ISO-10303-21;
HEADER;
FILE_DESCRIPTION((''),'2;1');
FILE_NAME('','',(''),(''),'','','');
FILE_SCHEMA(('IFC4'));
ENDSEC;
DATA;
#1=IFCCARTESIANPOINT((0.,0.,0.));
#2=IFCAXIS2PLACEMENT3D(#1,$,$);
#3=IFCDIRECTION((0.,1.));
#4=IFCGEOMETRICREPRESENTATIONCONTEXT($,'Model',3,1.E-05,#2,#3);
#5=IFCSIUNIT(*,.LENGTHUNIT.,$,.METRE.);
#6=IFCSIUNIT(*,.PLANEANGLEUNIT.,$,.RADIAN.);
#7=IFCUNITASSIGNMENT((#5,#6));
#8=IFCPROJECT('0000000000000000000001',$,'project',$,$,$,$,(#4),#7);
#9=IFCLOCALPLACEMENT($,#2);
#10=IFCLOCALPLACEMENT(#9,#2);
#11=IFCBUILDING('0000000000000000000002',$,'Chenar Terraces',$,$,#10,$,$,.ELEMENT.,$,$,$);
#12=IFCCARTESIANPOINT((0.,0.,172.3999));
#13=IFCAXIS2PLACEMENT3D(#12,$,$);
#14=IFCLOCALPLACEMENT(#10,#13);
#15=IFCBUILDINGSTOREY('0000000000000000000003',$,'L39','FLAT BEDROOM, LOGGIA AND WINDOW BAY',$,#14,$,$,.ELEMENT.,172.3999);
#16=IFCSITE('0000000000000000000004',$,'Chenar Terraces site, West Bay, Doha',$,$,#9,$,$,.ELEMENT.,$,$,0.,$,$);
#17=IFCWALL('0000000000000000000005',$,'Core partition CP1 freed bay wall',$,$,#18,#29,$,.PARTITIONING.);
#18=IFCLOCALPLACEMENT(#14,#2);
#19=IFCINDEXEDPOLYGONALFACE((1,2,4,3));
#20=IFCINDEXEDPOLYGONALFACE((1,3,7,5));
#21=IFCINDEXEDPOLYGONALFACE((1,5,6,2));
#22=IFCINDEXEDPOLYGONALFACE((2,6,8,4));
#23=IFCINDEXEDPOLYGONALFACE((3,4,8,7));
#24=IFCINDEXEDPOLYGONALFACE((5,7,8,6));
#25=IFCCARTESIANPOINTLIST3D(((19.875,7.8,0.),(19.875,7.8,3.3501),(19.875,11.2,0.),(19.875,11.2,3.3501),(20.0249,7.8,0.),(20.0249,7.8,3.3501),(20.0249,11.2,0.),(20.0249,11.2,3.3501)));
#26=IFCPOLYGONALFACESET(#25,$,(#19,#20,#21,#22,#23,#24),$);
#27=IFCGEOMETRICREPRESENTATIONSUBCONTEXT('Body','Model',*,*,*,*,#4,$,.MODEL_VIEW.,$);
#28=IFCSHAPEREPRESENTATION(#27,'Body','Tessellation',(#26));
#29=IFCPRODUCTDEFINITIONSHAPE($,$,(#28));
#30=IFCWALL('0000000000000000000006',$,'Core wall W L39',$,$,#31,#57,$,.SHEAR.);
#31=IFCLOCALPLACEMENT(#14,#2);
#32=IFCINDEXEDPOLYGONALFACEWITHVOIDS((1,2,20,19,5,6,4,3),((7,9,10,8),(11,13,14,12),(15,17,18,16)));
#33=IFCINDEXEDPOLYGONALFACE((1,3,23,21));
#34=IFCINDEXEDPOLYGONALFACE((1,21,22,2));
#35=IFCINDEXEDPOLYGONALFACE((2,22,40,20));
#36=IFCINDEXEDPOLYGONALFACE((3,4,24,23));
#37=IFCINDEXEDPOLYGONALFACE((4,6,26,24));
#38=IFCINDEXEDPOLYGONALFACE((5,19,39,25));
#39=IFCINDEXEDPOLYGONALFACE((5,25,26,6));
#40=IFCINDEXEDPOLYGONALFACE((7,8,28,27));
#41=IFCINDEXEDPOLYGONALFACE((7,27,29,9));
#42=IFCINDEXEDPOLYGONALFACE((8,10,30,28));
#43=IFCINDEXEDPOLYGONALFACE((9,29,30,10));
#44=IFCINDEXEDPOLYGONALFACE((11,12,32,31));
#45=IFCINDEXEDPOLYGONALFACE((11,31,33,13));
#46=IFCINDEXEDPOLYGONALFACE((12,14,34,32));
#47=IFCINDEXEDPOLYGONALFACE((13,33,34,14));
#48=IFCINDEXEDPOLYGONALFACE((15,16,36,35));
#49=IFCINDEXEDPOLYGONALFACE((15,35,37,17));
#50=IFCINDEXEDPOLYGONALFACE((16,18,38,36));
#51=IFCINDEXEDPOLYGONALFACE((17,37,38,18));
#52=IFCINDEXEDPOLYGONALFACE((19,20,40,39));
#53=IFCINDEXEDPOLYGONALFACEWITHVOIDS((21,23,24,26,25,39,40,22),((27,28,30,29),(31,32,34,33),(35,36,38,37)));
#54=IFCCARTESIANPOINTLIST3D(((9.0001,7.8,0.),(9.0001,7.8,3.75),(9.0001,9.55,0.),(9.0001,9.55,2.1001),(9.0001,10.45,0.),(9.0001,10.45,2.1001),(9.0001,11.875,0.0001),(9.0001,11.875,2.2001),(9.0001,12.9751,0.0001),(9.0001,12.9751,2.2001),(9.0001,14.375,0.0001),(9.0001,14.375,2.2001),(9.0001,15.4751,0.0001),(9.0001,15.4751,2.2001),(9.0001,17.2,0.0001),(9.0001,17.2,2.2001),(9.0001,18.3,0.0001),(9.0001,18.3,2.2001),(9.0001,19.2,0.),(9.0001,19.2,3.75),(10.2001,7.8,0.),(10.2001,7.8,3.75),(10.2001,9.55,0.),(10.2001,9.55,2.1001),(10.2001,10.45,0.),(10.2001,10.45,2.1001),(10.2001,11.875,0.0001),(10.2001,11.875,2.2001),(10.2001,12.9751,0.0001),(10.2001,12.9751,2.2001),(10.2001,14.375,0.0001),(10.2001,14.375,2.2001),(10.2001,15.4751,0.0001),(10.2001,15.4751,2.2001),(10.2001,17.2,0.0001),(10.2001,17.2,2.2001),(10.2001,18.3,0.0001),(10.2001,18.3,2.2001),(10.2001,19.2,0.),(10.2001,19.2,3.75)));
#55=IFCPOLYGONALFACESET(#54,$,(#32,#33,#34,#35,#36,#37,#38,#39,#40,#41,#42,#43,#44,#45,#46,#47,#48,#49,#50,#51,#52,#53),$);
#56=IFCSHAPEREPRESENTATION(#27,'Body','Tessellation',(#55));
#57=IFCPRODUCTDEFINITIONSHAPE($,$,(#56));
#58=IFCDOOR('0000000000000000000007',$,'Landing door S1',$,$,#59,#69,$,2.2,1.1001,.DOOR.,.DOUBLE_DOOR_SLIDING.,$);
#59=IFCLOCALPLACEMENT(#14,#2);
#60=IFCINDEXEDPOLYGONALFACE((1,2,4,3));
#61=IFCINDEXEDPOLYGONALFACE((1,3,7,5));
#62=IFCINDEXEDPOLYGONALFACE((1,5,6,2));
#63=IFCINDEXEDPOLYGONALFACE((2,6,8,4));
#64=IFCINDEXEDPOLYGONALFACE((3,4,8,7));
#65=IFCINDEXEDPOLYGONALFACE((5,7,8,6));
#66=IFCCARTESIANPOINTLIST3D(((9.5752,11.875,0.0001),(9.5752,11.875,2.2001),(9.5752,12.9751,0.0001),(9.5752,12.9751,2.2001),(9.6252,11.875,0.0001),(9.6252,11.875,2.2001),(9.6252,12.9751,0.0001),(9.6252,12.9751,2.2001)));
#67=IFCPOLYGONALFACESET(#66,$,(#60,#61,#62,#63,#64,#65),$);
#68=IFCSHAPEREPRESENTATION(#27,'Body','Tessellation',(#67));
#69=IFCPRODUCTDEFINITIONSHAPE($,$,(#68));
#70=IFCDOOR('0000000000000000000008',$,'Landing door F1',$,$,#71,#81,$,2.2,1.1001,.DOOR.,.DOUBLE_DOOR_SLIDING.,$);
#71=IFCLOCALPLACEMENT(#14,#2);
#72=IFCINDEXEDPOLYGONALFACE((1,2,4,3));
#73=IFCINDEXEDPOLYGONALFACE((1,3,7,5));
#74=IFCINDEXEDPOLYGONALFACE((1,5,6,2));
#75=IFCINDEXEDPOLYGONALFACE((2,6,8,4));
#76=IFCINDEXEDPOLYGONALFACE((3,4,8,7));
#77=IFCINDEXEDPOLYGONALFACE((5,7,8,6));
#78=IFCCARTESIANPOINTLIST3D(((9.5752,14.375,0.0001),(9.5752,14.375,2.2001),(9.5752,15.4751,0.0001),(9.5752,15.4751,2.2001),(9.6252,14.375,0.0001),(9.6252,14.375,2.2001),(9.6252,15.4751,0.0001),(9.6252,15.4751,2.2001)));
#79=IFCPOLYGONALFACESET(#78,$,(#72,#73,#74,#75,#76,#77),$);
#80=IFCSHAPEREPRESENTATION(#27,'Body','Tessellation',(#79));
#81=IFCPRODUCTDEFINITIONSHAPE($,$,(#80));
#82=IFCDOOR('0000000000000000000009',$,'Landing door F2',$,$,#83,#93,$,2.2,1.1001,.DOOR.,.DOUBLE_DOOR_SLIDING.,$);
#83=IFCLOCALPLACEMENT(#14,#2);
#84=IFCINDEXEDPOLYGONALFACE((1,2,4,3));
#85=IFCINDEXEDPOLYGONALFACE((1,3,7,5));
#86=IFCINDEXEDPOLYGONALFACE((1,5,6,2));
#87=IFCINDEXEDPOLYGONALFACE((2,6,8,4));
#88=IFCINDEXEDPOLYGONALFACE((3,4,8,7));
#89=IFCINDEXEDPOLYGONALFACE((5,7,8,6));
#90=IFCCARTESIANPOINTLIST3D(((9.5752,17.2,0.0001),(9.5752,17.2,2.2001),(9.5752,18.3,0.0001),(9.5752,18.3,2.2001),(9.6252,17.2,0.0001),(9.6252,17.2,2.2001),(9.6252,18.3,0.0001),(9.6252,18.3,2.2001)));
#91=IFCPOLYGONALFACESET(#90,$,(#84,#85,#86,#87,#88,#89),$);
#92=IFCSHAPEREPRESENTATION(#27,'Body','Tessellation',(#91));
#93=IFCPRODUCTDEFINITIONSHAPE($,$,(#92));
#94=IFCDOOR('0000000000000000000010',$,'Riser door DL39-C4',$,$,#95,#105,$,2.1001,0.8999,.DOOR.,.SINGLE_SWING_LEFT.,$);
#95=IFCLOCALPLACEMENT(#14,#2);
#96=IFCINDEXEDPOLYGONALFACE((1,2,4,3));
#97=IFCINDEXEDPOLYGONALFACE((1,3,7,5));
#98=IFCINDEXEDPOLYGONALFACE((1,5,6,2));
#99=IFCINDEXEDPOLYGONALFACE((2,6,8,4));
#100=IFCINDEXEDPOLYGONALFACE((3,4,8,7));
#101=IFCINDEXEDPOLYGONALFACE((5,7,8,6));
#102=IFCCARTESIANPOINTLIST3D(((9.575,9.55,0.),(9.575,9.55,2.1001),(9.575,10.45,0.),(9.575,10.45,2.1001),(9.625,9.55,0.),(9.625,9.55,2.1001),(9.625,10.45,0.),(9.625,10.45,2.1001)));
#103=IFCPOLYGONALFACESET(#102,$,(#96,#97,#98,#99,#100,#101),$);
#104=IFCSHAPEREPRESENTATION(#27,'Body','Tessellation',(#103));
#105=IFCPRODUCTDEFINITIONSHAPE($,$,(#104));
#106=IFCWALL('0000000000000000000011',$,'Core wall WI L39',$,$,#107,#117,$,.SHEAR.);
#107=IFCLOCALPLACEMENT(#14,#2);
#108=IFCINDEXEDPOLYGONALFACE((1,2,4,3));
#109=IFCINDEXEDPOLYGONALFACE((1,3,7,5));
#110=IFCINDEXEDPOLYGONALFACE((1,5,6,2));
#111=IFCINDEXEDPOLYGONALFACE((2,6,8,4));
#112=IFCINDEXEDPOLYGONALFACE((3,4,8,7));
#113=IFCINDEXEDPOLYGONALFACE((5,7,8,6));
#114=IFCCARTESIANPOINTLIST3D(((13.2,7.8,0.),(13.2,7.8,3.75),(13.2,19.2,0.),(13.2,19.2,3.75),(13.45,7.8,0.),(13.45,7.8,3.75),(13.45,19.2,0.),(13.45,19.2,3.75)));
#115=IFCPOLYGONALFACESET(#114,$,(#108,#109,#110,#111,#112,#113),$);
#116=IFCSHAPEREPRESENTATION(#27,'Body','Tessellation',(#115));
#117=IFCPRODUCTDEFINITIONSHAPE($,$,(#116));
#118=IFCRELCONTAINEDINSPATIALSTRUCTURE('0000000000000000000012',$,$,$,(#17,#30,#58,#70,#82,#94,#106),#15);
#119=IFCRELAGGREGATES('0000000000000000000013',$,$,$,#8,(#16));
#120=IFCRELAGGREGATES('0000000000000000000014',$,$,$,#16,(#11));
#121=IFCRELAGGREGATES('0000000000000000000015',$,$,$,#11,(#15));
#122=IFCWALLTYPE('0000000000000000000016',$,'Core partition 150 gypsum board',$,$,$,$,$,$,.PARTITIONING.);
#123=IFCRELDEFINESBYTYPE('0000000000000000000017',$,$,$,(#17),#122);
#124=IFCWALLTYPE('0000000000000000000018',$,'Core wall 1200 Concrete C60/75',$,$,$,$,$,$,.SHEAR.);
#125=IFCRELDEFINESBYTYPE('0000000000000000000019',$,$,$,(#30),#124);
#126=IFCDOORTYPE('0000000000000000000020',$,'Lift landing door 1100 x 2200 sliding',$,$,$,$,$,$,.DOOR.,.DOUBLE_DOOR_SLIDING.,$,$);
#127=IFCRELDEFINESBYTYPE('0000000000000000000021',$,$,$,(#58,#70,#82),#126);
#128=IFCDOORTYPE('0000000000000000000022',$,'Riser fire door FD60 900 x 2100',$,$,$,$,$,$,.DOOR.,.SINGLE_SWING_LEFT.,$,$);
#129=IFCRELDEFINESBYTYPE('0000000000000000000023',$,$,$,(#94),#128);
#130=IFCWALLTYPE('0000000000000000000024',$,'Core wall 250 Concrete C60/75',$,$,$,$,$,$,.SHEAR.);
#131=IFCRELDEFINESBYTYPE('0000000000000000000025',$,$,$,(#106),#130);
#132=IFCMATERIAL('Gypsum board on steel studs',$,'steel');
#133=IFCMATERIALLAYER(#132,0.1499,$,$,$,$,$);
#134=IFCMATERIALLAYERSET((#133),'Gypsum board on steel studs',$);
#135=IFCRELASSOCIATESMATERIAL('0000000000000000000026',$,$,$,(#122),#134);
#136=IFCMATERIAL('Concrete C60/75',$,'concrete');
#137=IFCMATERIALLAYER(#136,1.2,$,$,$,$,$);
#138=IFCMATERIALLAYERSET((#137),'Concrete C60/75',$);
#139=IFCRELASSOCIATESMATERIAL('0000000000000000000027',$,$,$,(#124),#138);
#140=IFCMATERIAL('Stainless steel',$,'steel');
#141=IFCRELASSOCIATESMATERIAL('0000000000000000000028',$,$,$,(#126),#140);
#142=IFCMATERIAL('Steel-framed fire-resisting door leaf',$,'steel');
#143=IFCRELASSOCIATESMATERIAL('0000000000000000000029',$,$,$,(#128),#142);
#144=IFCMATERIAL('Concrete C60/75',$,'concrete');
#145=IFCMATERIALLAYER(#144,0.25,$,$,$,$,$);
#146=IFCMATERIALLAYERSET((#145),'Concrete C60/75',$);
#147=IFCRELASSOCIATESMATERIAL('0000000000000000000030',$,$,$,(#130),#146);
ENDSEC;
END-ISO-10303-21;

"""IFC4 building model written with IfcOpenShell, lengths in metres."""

from ifc_helpers import new_model, si_unit, direction, frame, frame_2d, origin, place, context, subcontext, project, spatial, rectangle, extrude, material, layer, layer_set, type_object, element, fill, save


model = new_model("IFC4")

# Units and contexts
model_context = context("Model", 3, precision=1e-05, world=origin(), true_north=direction((0.0, 1.0)))
body_context = subcontext(model_context, "Body", "Model", "MODEL_VIEW")
ifc_project = project(units=[si_unit("LENGTHUNIT", "METRE"), si_unit("PLANEANGLEUNIT", "RADIAN")], contexts=[model_context])

# Site, building, storey
site_placement = place(None, origin())
site = spatial("IfcSite", under=ifc_project, at=site_placement, Name="Chenar Terraces site, West Bay, Doha", CompositionType="ELEMENT", RefElevation=0.0)
building_placement = place(site_placement, origin())
building = spatial("IfcBuilding", under=site, at=building_placement, Name="Chenar Terraces", CompositionType="ELEMENT")
storey_placement = place(building_placement, frame((0.0, 0.0, 172.3999)))
storey = spatial("IfcBuildingStorey", under=building, at=storey_placement, Name="L39", Description="FLAT BEDROOM, LOGGIA AND WINDOW BAY", CompositionType="ELEMENT", Elevation=172.3999)

# Wall
ifc_material_1 = material(Name="Gypsum board on steel studs", Category="steel")
ifc_layer_1 = layer(ifc_material_1, 0.1499)
ifc_layer_set_1 = layer_set([ifc_layer_1], Name="Gypsum board on steel studs")
wall_type_1 = type_object("IfcWallType", Name="Core partition 150 gypsum board", PredefinedType="PARTITIONING", material=ifc_layer_set_1)
wall_1_placement = place(storey_placement, frame((19.95, 7.8, 0.0), z_axis=(0.0, 0.0, 1.0), x_axis=(0.0, 1.0, 0.0)))
element("IfcWall", 1, at=wall_1_placement, inside=storey, type_object=wall_type_1, Name="Core partition CP1 freed bay wall", PredefinedType="PARTITIONING", context=body_context, shape_type="SweptSolid", body=[
    extrude(rectangle(XDim=3.3999, YDim=0.1499, at=frame_2d((1.7, 0.0))), origin(), (0.0, 0.0, 1.0), 3.3501),
])

# Wall, openings, doors
ifc_material_2 = material(Name="Concrete C60/75", Category="concrete")
ifc_layer_2 = layer(ifc_material_2, 1.2)
ifc_layer_set_2 = layer_set([ifc_layer_2], Name="Concrete C60/75")
wall_type_2 = type_object("IfcWallType", Name="Core wall 1200 Concrete C60/75", PredefinedType="SHEAR", material=ifc_layer_set_2)
wall_2_placement = place(storey_placement, frame((9.6001, 7.8, 0.0), z_axis=(0.0, 0.0, 1.0), x_axis=(0.0, 1.0, 0.0)))
wall_2 = element("IfcWall", 2, at=wall_2_placement, inside=storey, type_object=wall_type_2, Name="Core wall W L39", PredefinedType="SHEAR", context=body_context, shape_type="SweptSolid", body=[
    extrude(rectangle(XDim=11.3999, YDim=1.2, at=frame_2d((5.7, 0.0))), origin(), (0.0, 0.0, 1.0), 3.75),
])
opening_1_placement = place(wall_2_placement, frame((4.075, 0.0, 0.0)))
opening_1 = element("IfcOpeningElement", 3, at=opening_1_placement, cuts=wall_2, PredefinedType="OPENING", context=body_context, shape_type="SweptSolid", body=[
    extrude(rectangle(XDim=1.1001, YDim=2.2, at=frame_2d((0.55, 1.1001))), frame((0.0, 0.6099, 0.0), z_axis=(0.0, -1.0, 0.0), x_axis=(1.0, 0.0, 0.0)), (0.0, 0.0, 1.0), 1.22),
])
opening_2_placement = place(wall_2_placement, frame((6.575, 0.0, 0.0)))
opening_2 = element("IfcOpeningElement", 4, at=opening_2_placement, cuts=wall_2, PredefinedType="OPENING", context=body_context, shape_type="SweptSolid", body=[
    extrude(rectangle(XDim=1.1001, YDim=2.2, at=frame_2d((0.55, 1.1001))), frame((0.0, 0.6099, 0.0), z_axis=(0.0, -1.0, 0.0), x_axis=(1.0, 0.0, 0.0)), (0.0, 0.0, 1.0), 1.22),
])
opening_3_placement = place(wall_2_placement, frame((9.3999, 0.0, 0.0)))
opening_3 = element("IfcOpeningElement", 5, at=opening_3_placement, cuts=wall_2, PredefinedType="OPENING", context=body_context, shape_type="SweptSolid", body=[
    extrude(rectangle(XDim=1.1001, YDim=2.2, at=frame_2d((0.55, 1.1001))), frame((0.0, 0.6099, 0.0), z_axis=(0.0, -1.0, 0.0), x_axis=(1.0, 0.0, 0.0)), (0.0, 0.0, 1.0), 1.22),
])
opening_4_placement = place(wall_2_placement, frame((1.75, 0.0, 0.0)))
opening_4 = element("IfcOpeningElement", 6, at=opening_4_placement, cuts=wall_2, PredefinedType="OPENING", context=body_context, shape_type="SweptSolid", body=[
    extrude(rectangle(XDim=0.8999, YDim=2.1001, at=frame_2d((0.45, 1.05))), frame((0.0, 0.6099, 0.0), z_axis=(0.0, -1.0, 0.0), x_axis=(1.0, 0.0, 0.0)), (0.0, 0.0, 1.0), 1.22),
])
ifc_material_3 = material(Name="Stainless steel", Category="steel")
door_type_1 = type_object("IfcDoorType", Name="Lift landing door 1100 x 2200 sliding", OperationType="DOUBLE_DOOR_SLIDING", PredefinedType="DOOR", material=ifc_material_3)
door_1_placement = place(opening_1_placement, origin())
door_1 = element("IfcDoor", 7, at=door_1_placement, inside=storey, type_object=door_type_1, Name="Landing door S1", OperationType="DOUBLE_DOOR_SLIDING", OverallHeight=2.2, OverallWidth=1.1001, PredefinedType="DOOR", context=body_context, shape_type="SweptSolid", body=[
    extrude(rectangle(XDim=1.1001, YDim=2.2, at=frame_2d((0.55, 1.1001))), frame((0.0, 0.0249, 0.0), z_axis=(0.0, -1.0, 0.0), x_axis=(1.0, 0.0, 0.0)), (0.0, 0.0, 1.0), 0.05),
])
fill(opening_1, door_1)
door_2_placement = place(opening_2_placement, origin())
door_2 = element("IfcDoor", 8, at=door_2_placement, inside=storey, type_object=door_type_1, Name="Landing door F1", OperationType="DOUBLE_DOOR_SLIDING", OverallHeight=2.2, OverallWidth=1.1001, PredefinedType="DOOR", context=body_context, shape_type="SweptSolid", body=[
    extrude(rectangle(XDim=1.1001, YDim=2.2, at=frame_2d((0.55, 1.1001))), frame((0.0, 0.0249, 0.0), z_axis=(0.0, -1.0, 0.0), x_axis=(1.0, 0.0, 0.0)), (0.0, 0.0, 1.0), 0.05),
])
fill(opening_2, door_2)
door_3_placement = place(opening_3_placement, origin())
door_3 = element("IfcDoor", 9, at=door_3_placement, inside=storey, type_object=door_type_1, Name="Landing door F2", OperationType="DOUBLE_DOOR_SLIDING", OverallHeight=2.2, OverallWidth=1.1001, PredefinedType="DOOR", context=body_context, shape_type="SweptSolid", body=[
    extrude(rectangle(XDim=1.1001, YDim=2.2, at=frame_2d((0.55, 1.1001))), frame((0.0, 0.0249, 0.0), z_axis=(0.0, -1.0, 0.0), x_axis=(1.0, 0.0, 0.0)), (0.0, 0.0, 1.0), 0.05),
])
fill(opening_3, door_3)
ifc_material_4 = material(Name="Steel-framed fire-resisting door leaf", Category="steel")
door_type_2 = type_object("IfcDoorType", Name="Riser fire door FD60 900 x 2100", OperationType="SINGLE_SWING_LEFT", PredefinedType="DOOR", material=ifc_material_4)
door_4_placement = place(opening_4_placement, frame((0.8999, 0.0, 0.0), z_axis=(0.0, 0.0, 1.0), x_axis=(-1.0, 0.0, 0.0)))
door_4 = element("IfcDoor", 10, at=door_4_placement, inside=storey, type_object=door_type_2, Name="Riser door DL39-C4", OperationType="SINGLE_SWING_LEFT", OverallHeight=2.1001, OverallWidth=0.8999, PredefinedType="DOOR", context=body_context, shape_type="SweptSolid", body=[
    extrude(rectangle(XDim=0.8999, YDim=2.1001, at=frame_2d((0.45, 1.05))), frame((0.0, 0.0249, 0.0), z_axis=(0.0, -1.0, 0.0), x_axis=(1.0, 0.0, 0.0)), (0.0, 0.0, 1.0), 0.05),
])
fill(opening_4, door_4)

# Wall
ifc_material_5 = material(Name="Concrete C60/75", Category="concrete")
ifc_layer_3 = layer(ifc_material_5, 0.25)
ifc_layer_set_3 = layer_set([ifc_layer_3], Name="Concrete C60/75")
wall_type_3 = type_object("IfcWallType", Name="Core wall 250 Concrete C60/75", PredefinedType="SHEAR", material=ifc_layer_set_3)
wall_3_placement = place(storey_placement, frame((13.325, 7.8, 0.0), z_axis=(0.0, 0.0, 1.0), x_axis=(0.0, 1.0, 0.0)))
element("IfcWall", 11, at=wall_3_placement, inside=storey, type_object=wall_type_3, Name="Core wall WI L39", PredefinedType="SHEAR", context=body_context, shape_type="SweptSolid", body=[
    extrude(rectangle(XDim=11.3999, YDim=0.25, at=frame_2d((5.7, 0.0))), origin(), (0.0, 0.0, 1.0), 3.75),
])

save(model, "model.ifc")
